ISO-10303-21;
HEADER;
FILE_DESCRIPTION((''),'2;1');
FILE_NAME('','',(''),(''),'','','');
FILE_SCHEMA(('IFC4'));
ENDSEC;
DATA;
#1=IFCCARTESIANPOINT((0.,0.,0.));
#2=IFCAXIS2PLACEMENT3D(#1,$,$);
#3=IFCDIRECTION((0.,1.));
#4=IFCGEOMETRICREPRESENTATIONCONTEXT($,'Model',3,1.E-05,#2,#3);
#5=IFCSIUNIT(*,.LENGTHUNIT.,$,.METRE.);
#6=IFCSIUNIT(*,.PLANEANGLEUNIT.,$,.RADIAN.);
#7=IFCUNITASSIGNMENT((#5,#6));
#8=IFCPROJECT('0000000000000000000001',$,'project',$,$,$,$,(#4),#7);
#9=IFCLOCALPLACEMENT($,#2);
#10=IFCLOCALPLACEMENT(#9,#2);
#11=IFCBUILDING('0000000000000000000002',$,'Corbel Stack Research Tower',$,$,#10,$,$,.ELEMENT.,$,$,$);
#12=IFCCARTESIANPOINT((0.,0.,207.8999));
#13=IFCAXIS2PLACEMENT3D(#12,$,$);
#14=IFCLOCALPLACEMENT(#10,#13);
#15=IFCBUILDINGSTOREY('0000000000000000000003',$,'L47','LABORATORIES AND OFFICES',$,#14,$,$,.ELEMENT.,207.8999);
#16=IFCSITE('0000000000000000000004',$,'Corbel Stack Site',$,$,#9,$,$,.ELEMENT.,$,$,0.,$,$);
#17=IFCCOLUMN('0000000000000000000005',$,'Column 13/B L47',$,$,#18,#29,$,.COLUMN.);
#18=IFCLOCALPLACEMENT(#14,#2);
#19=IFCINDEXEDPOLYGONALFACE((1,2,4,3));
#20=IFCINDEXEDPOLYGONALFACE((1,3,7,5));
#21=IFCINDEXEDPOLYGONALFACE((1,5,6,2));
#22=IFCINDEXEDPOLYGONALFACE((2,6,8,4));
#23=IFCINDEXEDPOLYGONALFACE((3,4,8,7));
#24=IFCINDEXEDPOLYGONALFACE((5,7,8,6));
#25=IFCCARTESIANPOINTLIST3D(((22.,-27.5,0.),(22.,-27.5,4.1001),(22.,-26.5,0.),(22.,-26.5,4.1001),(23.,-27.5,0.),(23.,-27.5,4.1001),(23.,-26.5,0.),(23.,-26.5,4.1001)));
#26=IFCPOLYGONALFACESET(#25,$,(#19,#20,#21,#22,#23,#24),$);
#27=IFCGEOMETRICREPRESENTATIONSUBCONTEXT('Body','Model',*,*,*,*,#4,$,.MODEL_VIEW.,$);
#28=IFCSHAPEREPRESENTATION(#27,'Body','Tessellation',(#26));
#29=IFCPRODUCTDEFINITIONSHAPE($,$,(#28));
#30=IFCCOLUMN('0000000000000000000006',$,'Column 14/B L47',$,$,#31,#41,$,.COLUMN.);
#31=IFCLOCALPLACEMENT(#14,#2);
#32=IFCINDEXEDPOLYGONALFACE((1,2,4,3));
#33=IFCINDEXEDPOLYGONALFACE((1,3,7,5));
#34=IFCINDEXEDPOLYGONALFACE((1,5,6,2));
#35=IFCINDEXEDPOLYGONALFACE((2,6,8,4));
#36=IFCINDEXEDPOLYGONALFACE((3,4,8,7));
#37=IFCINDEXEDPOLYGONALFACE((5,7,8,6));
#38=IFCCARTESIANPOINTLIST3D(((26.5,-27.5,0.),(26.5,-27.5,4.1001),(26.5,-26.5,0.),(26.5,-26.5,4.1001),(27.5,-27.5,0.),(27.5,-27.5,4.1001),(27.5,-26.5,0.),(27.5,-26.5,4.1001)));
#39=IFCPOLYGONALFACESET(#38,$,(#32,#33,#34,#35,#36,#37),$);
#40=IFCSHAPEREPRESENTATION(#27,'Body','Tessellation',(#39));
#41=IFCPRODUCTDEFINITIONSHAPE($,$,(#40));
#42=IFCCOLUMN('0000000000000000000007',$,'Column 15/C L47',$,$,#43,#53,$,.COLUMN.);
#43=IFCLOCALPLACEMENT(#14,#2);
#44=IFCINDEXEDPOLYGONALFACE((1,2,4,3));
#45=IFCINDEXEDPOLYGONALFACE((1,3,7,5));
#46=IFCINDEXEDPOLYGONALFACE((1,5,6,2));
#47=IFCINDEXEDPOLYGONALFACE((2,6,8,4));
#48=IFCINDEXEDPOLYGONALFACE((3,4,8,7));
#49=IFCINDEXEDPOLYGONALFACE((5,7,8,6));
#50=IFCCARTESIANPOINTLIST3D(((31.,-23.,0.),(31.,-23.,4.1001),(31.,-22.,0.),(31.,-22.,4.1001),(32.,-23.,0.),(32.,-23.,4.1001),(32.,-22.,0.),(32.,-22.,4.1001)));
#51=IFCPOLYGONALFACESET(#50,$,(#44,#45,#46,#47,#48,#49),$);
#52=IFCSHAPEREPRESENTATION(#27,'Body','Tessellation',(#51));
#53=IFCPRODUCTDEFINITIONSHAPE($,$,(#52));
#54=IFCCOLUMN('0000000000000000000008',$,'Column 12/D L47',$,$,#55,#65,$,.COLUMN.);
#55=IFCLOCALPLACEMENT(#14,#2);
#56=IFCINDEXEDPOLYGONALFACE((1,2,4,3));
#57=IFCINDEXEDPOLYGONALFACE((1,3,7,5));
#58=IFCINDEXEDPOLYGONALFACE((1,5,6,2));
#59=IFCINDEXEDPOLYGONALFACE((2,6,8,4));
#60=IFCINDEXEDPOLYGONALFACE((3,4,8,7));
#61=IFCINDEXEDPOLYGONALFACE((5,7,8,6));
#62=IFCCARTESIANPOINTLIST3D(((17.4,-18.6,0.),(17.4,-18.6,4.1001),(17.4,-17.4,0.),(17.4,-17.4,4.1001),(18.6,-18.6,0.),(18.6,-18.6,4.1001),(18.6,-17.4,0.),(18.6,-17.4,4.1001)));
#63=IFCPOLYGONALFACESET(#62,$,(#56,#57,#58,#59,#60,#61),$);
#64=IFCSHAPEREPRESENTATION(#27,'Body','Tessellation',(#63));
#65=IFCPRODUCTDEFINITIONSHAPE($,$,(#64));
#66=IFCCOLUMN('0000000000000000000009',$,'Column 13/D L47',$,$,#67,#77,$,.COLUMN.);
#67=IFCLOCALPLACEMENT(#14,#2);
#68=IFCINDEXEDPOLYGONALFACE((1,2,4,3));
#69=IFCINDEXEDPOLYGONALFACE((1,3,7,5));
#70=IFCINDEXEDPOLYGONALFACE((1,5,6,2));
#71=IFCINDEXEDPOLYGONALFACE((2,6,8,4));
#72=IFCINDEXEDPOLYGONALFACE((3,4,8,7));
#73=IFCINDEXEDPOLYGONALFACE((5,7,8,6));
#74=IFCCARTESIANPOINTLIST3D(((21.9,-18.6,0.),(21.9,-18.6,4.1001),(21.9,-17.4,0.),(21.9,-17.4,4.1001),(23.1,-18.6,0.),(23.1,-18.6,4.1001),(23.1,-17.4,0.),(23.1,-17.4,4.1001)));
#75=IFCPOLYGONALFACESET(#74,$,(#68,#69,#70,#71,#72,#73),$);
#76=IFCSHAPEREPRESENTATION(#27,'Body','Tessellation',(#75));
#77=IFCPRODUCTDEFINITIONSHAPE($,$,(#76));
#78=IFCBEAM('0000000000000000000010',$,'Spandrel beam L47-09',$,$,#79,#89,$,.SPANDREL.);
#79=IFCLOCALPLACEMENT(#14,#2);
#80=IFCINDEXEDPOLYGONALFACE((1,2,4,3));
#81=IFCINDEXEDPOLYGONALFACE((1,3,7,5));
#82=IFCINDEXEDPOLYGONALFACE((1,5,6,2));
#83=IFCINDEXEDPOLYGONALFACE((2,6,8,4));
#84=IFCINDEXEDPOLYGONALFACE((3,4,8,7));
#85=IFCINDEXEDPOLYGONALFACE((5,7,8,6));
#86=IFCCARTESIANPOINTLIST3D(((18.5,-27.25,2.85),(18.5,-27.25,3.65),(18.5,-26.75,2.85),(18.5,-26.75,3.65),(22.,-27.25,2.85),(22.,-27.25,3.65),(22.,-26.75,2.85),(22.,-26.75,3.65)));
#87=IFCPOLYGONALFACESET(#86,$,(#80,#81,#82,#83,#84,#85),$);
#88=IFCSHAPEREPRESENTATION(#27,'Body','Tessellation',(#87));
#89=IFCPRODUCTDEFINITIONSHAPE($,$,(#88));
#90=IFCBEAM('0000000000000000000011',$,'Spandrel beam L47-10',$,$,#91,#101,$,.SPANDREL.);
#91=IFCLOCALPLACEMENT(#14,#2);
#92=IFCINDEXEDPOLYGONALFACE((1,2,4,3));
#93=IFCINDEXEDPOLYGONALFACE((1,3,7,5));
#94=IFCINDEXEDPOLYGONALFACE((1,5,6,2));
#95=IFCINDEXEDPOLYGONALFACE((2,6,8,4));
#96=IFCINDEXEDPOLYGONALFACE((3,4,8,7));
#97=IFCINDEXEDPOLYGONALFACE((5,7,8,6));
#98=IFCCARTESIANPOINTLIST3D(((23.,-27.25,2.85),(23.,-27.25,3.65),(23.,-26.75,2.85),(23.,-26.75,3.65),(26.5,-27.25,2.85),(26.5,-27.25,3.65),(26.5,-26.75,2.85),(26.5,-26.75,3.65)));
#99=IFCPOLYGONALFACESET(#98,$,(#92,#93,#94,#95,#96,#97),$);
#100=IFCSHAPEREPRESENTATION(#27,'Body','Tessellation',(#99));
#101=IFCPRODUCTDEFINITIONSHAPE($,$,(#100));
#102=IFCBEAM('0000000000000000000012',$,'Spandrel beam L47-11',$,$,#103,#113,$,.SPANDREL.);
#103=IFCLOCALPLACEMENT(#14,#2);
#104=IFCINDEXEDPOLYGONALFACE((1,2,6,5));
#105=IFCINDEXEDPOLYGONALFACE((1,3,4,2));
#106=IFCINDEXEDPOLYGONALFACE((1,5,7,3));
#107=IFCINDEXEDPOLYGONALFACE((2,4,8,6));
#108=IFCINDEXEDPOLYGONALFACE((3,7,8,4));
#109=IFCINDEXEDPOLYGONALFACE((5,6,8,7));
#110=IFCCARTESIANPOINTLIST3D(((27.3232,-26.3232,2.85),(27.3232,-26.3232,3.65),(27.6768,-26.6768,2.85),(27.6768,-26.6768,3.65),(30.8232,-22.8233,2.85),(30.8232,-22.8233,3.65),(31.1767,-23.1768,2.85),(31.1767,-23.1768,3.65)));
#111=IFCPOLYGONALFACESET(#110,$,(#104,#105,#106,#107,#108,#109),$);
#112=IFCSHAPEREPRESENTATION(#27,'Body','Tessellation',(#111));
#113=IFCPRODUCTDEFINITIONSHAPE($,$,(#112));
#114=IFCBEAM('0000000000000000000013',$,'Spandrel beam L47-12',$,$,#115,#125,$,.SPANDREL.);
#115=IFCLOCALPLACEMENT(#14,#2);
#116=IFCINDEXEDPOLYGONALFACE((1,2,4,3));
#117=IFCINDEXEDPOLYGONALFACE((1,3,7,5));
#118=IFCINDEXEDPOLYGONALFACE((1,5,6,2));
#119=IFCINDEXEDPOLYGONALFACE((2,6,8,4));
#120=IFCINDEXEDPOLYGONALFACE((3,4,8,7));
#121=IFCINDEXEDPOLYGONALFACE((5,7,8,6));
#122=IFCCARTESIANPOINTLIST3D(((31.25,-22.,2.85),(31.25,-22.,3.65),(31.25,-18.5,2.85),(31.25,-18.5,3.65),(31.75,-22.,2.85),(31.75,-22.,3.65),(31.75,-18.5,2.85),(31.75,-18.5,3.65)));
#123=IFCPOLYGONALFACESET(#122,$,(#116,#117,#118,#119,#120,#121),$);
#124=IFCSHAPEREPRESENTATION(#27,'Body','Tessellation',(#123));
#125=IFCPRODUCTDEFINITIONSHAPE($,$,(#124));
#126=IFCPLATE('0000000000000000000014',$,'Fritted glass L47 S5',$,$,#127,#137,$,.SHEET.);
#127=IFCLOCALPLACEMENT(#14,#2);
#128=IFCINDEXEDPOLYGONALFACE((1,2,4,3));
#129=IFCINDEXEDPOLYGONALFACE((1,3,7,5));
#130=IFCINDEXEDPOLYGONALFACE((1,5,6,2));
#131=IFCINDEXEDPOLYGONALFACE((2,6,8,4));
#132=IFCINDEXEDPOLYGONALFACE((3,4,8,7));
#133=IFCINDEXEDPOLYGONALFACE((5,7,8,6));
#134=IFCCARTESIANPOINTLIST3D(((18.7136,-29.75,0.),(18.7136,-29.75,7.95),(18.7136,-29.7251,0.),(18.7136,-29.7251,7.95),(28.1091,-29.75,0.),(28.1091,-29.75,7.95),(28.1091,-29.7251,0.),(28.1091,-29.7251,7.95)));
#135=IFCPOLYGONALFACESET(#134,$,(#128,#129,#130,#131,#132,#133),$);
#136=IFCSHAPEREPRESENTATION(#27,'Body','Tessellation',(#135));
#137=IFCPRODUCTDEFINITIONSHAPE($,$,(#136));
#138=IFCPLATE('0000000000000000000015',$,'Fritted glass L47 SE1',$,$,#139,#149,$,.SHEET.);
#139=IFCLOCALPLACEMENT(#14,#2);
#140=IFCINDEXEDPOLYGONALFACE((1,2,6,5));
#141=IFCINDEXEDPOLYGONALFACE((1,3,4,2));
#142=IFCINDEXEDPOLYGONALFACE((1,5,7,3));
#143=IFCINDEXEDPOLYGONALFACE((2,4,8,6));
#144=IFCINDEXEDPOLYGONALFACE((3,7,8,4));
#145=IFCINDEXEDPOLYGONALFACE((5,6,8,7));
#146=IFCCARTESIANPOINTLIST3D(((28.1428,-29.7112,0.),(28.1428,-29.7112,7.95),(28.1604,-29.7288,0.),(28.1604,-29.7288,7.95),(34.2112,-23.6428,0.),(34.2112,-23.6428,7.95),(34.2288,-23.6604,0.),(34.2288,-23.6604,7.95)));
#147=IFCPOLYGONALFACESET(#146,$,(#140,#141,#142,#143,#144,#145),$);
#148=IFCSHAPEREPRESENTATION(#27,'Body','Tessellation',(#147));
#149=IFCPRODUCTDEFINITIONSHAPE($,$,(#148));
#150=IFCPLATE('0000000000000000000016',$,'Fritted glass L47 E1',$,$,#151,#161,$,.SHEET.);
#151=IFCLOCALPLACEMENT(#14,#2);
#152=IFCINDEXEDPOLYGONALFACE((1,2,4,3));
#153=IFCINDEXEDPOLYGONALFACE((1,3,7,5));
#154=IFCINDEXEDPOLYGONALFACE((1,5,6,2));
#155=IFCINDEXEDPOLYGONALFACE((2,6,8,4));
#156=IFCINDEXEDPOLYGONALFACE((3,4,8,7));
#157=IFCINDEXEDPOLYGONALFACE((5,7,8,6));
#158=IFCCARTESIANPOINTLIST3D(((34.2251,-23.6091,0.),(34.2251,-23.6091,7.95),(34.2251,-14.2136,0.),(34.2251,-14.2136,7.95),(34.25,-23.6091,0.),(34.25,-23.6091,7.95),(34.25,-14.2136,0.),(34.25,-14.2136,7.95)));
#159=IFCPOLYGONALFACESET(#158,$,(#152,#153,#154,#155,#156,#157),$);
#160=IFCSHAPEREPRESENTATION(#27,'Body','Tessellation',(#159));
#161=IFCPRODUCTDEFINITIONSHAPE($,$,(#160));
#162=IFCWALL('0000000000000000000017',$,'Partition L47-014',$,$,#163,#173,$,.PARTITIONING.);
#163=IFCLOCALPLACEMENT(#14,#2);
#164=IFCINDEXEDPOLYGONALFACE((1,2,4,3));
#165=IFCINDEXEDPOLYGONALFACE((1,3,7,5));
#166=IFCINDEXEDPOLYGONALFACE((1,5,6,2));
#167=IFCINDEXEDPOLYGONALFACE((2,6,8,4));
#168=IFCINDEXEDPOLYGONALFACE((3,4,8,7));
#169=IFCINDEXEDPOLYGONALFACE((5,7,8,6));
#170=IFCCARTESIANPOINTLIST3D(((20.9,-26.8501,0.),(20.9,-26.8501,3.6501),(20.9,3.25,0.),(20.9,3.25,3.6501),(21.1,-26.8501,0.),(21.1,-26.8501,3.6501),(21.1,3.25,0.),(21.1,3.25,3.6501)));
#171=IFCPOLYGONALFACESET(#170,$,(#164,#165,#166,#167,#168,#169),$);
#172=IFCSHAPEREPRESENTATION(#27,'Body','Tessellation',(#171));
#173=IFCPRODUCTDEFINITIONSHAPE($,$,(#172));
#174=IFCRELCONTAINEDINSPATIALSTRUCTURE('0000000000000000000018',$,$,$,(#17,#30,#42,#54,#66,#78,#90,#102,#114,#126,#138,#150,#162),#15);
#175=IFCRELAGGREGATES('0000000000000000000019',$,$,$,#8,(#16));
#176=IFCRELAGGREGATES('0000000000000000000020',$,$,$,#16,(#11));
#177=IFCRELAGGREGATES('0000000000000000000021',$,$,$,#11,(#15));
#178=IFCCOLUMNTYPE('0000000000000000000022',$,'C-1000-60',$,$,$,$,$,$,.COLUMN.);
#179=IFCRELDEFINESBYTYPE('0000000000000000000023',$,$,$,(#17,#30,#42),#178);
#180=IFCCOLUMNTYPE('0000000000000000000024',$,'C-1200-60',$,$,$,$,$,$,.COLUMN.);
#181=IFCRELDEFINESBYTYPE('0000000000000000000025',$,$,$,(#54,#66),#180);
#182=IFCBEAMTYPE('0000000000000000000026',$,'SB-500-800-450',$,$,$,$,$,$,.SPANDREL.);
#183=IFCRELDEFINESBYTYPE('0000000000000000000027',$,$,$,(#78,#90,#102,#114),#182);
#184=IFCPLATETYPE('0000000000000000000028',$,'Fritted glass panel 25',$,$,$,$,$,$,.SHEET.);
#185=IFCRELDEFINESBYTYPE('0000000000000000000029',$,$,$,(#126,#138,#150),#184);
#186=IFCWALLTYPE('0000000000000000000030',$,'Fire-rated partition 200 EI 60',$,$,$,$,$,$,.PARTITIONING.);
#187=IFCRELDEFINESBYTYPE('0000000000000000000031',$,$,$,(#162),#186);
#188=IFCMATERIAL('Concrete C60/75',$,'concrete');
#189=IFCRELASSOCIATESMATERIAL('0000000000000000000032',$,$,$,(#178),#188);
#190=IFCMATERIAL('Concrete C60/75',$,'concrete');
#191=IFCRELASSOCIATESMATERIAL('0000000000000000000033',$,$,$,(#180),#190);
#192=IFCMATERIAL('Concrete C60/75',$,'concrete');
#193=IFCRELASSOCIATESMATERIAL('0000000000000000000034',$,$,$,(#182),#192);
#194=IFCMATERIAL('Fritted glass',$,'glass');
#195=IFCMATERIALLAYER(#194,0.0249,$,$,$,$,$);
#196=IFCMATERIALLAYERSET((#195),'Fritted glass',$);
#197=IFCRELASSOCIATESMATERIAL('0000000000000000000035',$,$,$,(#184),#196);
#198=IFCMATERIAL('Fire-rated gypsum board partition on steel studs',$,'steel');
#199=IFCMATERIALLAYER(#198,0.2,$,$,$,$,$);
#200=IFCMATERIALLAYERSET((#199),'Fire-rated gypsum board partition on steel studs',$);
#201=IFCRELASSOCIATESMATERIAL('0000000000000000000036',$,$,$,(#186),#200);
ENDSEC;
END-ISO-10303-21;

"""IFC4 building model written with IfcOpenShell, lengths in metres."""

from ifc_helpers import new_model, si_unit, direction, frame, frame_2d, origin, origin_2d, place, context, subcontext, project, spatial, rectangle, extrude, material, layer, layer_set, material_profile, profile_set, type_object, element, save


model = new_model("IFC4")

# Units and contexts
model_context = context("Model", 3, precision=1e-05, world=origin(), true_north=direction((0.0, 1.0)))
body_context = subcontext(model_context, "Body", "Model", "MODEL_VIEW")
ifc_project = project(units=[si_unit("LENGTHUNIT", "METRE"), si_unit("PLANEANGLEUNIT", "RADIAN")], contexts=[model_context])

# Site, building, storey
site_placement = place(None, origin())
site = spatial("IfcSite", under=ifc_project, at=site_placement, Name="Corbel Stack Site", CompositionType="ELEMENT", RefElevation=0.0)
building_placement = place(site_placement, origin())
building = spatial("IfcBuilding", under=site, at=building_placement, Name="Corbel Stack Research Tower", CompositionType="ELEMENT")
storey_placement = place(building_placement, frame((0.0, 0.0, 207.8999)))
storey = spatial("IfcBuildingStorey", under=building, at=storey_placement, Name="L47", Description="LABORATORIES AND OFFICES", CompositionType="ELEMENT", Elevation=207.8999)

# Columns
ifc_material_1 = material(Name="Concrete C60/75", Category="concrete")
ifc_material_profile_1 = material_profile(ifc_material_1, rectangle(XDim=1.0, YDim=1.0, at=origin_2d()), Name="RC 1000 x 1000")
ifc_profile_set_1 = profile_set([ifc_material_profile_1], Name="Concrete C60/75")
column_type_1 = type_object("IfcColumnType", Name="C-1000-60", PredefinedType="COLUMN", material=ifc_profile_set_1)
for number, where, z_axis, x_axis, name in (
    (1, (22.5, -27.0, 0.0), (0.0, 0.0, 1.0), (1.0, 0.0, 0.0), "Column 13/B L47"),
    (2, (27.0, -27.0, 0.0), (0.0, 0.0, 1.0), (1.0, 0.0, 0.0), "Column 14/B L47"),
    (3, (31.5, -22.5, 0.0), (0.0, 0.0, 1.0), (1.0, 0.0, 0.0), "Column 15/C L47"),
):
    element("IfcColumn", number, at=place(storey_placement, frame(where, z_axis=z_axis, x_axis=x_axis)), inside=storey, type_object=column_type_1, Name=name, PredefinedType="COLUMN", context=body_context, shape_type="SweptSolid", body=[
        extrude(rectangle(XDim=1.0, YDim=1.0, at=origin_2d()), origin(), (0.0, 0.0, 1.0), 4.1001),
    ])
ifc_material_2 = material(Name="Concrete C60/75", Category="concrete")
ifc_material_profile_2 = material_profile(ifc_material_2, rectangle(XDim=1.2, YDim=1.2, at=origin_2d()), Name="RC 1200 x 1200")
ifc_profile_set_2 = profile_set([ifc_material_profile_2], Name="Concrete C60/75")
column_type_2 = type_object("IfcColumnType", Name="C-1200-60", PredefinedType="COLUMN", material=ifc_profile_set_2)
for number, where, z_axis, x_axis, name in (
    (4, (18.0, -18.0, 0.0), (0.0, 0.0, 1.0), (1.0, 0.0, 0.0), "Column 12/D L47"),
    (5, (22.5, -18.0, 0.0), (0.0, 0.0, 1.0), (1.0, 0.0, 0.0), "Column 13/D L47"),
):
    element("IfcColumn", number, at=place(storey_placement, frame(where, z_axis=z_axis, x_axis=x_axis)), inside=storey, type_object=column_type_2, Name=name, PredefinedType="COLUMN", context=body_context, shape_type="SweptSolid", body=[
        extrude(rectangle(XDim=1.2, YDim=1.2, at=origin_2d()), origin(), (0.0, 0.0, 1.0), 4.1001),
    ])

# Beams
ifc_material_3 = material(Name="Concrete C60/75", Category="concrete")
ifc_material_profile_3 = material_profile(ifc_material_3, rectangle(XDim=0.5, YDim=0.8, at=origin_2d()), Name="RC 500 x 800")
ifc_profile_set_3 = profile_set([ifc_material_profile_3], Name="Concrete C60/75")
beam_type = type_object("IfcBeamType", Name="SB-500-800-450", PredefinedType="SPANDREL", material=ifc_profile_set_3)
for number, where, z_axis, x_axis, name in (
    (6, (18.5, -27.0, 3.25), (1.0, 0.0, 0.0), (0.0, 1.0, 0.0), "Spandrel beam L47-09"),
    (7, (23.0, -27.0, 3.25), (1.0, 0.0, 0.0), (0.0, 1.0, 0.0), "Spandrel beam L47-10"),
):
    element("IfcBeam", number, at=place(storey_placement, frame(where, z_axis=z_axis, x_axis=x_axis)), inside=storey, type_object=beam_type, Name=name, PredefinedType="SPANDREL", context=body_context, shape_type="SweptSolid", body=[
        extrude(rectangle(XDim=0.5, YDim=0.8, at=origin_2d()), origin(), (0.0, 0.0, 1.0), 3.5),
    ])
beam_1_placement = place(storey_placement, frame((27.5, -26.5, 3.25), z_axis=(0.707107, 0.707107, 0.0), x_axis=(-0.707107, 0.707107, 0.0)))
element("IfcBeam", 8, at=beam_1_placement, inside=storey, type_object=beam_type, Name="Spandrel beam L47-11", PredefinedType="SPANDREL", context=body_context, shape_type="SweptSolid", body=[
    extrude(rectangle(XDim=0.5, YDim=0.8, at=origin_2d()), origin(), (0.0, 0.0, 1.0), 4.9497),
])
beam_2_placement = place(storey_placement, frame((31.5, -22.0, 3.25), z_axis=(0.0, 1.0, 0.0), x_axis=(-1.0, 0.0, 0.0)))
element("IfcBeam", 9, at=beam_2_placement, inside=storey, type_object=beam_type, Name="Spandrel beam L47-12", PredefinedType="SPANDREL", context=body_context, shape_type="SweptSolid", body=[
    extrude(rectangle(XDim=0.5, YDim=0.8, at=origin_2d()), origin(), (0.0, 0.0, 1.0), 3.5),
])

# Plates
ifc_material_4 = material(Name="Fritted glass", Category="glass")
ifc_layer_1 = layer(ifc_material_4, 0.0249)
ifc_layer_set_1 = layer_set([ifc_layer_1], Name="Fritted glass")
plate_type = type_object("IfcPlateType", Name="Fritted glass panel 25", PredefinedType="SHEET", material=ifc_layer_set_1)
plate_1_placement = place(storey_placement, frame((23.4114, -29.7375, 0.0), z_axis=(0.0, 0.0, 1.0), x_axis=(1.0, 0.0, 0.0)))
element("IfcPlate", 10, at=plate_1_placement, inside=storey, type_object=plate_type, Name="Fritted glass L47 S5", PredefinedType="SHEET", context=body_context, shape_type="SweptSolid", body=[
    extrude(rectangle(XDim=9.3955, YDim=0.0249, at=origin_2d()), origin(), (0.0, 0.0, 1.0), 7.95),
])
plate_2_placement = place(storey_placement, frame((31.1858, -26.6858, 0.0), z_axis=(0.0, 0.0, 1.0), x_axis=(0.707107, 0.707107, 0.0)))
element("IfcPlate", 11, at=plate_2_placement, inside=storey, type_object=plate_type, Name="Fritted glass L47 SE1", PredefinedType="SHEET", context=body_context, shape_type="SweptSolid", body=[
    extrude(rectangle(XDim=8.582, YDim=0.0249, at=origin_2d()), origin(), (0.0, 0.0, 1.0), 7.95),
])
plate_3_placement = place(storey_placement, frame((34.2375, -18.9114, 0.0), z_axis=(0.0, 0.0, 1.0), x_axis=(0.0, 1.0, 0.0)))
element("IfcPlate", 12, at=plate_3_placement, inside=storey, type_object=plate_type, Name="Fritted glass L47 E1", PredefinedType="SHEET", context=body_context, shape_type="SweptSolid", body=[
    extrude(rectangle(XDim=9.3955, YDim=0.0249, at=origin_2d()), origin(), (0.0, 0.0, 1.0), 7.95),
])

# Wall
ifc_material_5 = material(Name="Fire-rated gypsum board partition on steel studs", Category="steel")
ifc_layer_2 = layer(ifc_material_5, 0.2)
ifc_layer_set_2 = layer_set([ifc_layer_2], Name="Fire-rated gypsum board partition on steel studs")
wall_type_1 = type_object("IfcWallType", Name="Fire-rated partition 200 EI 60", PredefinedType="PARTITIONING", material=ifc_layer_set_2)
wall_1_placement = place(storey_placement, frame((21.0, -26.8501, 0.0), z_axis=(0.0, 0.0, 1.0), x_axis=(0.0, 1.0, 0.0)))
element("IfcWall", 13, at=wall_1_placement, inside=storey, type_object=wall_type_1, Name="Partition L47-014", PredefinedType="PARTITIONING", context=body_context, shape_type="SweptSolid", body=[
    extrude(rectangle(XDim=30.1001, YDim=0.2, at=frame_2d((15.05, 0.0))), origin(), (0.0, 0.0, 1.0), 3.6501),
])

save(model, "model.ifc")
